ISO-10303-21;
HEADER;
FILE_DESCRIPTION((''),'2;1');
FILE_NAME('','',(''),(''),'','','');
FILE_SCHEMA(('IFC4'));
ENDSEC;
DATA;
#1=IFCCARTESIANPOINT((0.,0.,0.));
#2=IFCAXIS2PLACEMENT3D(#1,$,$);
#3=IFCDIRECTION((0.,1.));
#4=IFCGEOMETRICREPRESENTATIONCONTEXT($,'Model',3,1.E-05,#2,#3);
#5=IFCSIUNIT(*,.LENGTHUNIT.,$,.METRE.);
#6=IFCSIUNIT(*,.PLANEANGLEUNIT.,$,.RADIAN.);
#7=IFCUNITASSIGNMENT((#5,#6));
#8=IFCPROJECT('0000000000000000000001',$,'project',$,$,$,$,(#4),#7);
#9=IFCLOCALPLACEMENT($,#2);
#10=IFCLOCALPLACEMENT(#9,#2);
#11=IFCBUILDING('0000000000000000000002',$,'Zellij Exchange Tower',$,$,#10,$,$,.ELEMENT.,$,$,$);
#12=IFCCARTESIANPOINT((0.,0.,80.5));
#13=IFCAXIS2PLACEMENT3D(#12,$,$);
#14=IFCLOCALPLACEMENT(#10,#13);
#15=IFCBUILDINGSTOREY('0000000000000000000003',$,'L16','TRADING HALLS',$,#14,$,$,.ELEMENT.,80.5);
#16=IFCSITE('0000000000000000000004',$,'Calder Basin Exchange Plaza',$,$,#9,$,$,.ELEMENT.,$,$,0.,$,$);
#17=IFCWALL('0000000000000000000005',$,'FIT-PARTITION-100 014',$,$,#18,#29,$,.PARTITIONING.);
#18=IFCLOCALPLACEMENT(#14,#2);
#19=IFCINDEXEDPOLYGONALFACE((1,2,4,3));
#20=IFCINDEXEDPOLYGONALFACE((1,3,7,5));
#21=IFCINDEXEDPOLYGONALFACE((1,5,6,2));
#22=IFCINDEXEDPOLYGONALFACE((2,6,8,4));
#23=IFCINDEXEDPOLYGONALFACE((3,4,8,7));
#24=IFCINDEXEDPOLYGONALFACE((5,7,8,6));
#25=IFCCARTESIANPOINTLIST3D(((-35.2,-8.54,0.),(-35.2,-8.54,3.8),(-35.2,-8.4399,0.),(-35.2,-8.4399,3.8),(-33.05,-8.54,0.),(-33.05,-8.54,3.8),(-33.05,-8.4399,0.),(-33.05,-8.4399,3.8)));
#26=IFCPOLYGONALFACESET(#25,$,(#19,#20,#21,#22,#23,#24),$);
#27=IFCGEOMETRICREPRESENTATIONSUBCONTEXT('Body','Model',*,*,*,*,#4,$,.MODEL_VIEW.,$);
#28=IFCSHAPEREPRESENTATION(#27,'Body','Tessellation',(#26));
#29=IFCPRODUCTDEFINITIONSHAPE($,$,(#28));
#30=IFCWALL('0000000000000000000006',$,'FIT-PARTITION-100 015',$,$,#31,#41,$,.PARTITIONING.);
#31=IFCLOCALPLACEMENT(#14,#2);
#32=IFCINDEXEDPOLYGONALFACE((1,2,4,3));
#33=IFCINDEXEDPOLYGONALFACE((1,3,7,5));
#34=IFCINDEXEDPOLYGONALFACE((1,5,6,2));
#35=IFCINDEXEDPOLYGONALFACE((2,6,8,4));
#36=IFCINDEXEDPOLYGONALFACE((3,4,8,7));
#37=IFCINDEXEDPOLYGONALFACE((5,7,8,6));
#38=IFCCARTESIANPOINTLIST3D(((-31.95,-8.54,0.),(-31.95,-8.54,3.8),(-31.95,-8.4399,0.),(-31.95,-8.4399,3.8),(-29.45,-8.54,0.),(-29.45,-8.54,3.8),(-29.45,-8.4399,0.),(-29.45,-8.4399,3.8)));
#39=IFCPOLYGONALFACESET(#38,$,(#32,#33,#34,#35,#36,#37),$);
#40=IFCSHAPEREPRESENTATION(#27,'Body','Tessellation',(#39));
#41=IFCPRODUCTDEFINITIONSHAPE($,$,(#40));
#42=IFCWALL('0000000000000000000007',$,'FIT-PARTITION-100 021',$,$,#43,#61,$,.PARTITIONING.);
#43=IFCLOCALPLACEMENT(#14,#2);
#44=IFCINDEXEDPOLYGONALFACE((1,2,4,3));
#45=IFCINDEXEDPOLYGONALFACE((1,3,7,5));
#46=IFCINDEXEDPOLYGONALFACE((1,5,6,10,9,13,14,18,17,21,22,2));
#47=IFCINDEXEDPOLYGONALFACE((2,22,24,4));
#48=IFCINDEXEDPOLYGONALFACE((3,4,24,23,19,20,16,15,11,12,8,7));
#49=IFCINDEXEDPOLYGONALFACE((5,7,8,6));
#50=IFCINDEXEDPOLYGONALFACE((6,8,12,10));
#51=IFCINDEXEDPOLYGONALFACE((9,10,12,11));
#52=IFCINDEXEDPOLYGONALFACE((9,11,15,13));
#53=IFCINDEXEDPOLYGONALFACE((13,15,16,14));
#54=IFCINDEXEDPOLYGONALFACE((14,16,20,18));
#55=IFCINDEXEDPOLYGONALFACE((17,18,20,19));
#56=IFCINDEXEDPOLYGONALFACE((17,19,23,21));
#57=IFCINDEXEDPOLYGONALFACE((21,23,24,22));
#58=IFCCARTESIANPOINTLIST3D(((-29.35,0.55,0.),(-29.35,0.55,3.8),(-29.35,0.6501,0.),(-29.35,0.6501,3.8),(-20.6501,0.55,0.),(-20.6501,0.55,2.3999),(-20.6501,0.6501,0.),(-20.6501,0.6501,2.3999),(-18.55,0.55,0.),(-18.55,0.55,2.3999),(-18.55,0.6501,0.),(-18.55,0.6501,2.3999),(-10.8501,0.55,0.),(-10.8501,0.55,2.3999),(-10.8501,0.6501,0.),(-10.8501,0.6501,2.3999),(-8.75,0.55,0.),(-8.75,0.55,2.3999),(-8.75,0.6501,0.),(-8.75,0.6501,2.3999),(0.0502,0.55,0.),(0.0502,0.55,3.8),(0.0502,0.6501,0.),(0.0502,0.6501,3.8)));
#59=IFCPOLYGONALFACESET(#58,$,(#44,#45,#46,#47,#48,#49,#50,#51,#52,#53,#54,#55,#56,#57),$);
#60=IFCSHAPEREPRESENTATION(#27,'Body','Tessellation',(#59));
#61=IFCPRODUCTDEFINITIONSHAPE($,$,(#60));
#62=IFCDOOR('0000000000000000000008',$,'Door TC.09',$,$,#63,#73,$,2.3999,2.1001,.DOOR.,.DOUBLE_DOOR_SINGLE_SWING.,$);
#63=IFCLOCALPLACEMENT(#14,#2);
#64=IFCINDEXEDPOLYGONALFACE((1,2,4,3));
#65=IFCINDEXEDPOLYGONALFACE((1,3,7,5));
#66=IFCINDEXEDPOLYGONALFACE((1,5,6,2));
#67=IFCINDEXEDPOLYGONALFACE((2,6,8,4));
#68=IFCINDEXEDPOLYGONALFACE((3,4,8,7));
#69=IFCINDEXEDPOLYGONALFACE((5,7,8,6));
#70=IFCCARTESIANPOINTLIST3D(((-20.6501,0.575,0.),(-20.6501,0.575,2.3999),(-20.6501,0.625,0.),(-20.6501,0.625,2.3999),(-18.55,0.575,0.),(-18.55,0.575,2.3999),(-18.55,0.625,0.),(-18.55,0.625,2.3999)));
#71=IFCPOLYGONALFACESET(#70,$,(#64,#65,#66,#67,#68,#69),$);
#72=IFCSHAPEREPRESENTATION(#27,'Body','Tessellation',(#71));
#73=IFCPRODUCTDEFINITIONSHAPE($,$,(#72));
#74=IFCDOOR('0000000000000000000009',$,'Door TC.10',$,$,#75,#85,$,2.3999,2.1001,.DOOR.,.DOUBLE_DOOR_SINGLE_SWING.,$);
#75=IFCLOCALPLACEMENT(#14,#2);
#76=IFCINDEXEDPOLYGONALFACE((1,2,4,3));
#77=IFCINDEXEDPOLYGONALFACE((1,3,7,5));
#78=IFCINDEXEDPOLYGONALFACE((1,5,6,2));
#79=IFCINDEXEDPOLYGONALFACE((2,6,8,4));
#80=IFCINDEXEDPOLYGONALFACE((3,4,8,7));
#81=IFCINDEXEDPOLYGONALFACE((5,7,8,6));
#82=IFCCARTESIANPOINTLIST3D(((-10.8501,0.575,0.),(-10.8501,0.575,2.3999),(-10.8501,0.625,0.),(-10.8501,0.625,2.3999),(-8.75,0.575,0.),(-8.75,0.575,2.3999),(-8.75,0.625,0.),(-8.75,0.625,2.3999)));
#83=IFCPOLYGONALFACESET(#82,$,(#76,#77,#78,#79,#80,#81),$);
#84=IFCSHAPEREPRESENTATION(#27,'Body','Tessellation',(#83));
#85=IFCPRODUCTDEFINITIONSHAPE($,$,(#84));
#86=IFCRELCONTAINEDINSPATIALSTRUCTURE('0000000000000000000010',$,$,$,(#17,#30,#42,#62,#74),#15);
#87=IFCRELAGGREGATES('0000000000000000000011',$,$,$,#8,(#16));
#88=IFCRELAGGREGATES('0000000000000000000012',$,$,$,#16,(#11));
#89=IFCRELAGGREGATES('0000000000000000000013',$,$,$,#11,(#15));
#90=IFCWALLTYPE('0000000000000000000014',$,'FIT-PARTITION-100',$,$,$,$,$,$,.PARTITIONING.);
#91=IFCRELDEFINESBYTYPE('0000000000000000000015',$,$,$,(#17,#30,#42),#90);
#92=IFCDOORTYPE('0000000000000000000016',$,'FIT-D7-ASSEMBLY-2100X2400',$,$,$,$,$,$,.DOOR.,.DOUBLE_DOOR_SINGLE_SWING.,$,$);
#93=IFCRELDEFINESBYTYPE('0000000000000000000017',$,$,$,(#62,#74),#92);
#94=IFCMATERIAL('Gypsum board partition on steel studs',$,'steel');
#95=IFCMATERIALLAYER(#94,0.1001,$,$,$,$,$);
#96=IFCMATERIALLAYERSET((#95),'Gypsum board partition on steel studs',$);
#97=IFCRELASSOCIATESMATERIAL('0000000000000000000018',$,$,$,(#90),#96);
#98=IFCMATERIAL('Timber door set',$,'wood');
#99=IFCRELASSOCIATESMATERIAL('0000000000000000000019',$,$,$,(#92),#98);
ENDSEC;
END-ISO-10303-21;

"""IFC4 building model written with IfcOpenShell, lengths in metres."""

from ifc_helpers import new_model, si_unit, direction, frame, frame_2d, origin, place, context, subcontext, project, spatial, rectangle, extrude, material, layer, layer_set, type_object, element, fill, save


model = new_model("IFC4")

# Units and contexts
model_context = context("Model", 3, precision=1e-05, world=origin(), true_north=direction((0.0, 1.0)))
body_context = subcontext(model_context, "Body", "Model", "MODEL_VIEW")
ifc_project = project(units=[si_unit("LENGTHUNIT", "METRE"), si_unit("PLANEANGLEUNIT", "RADIAN")], contexts=[model_context])

# Site, building, storey
site_placement = place(None, origin())
site = spatial("IfcSite", under=ifc_project, at=site_placement, Name="Calder Basin Exchange Plaza", CompositionType="ELEMENT", RefElevation=0.0)
building_placement = place(site_placement, origin())
building = spatial("IfcBuilding", under=site, at=building_placement, Name="Zellij Exchange Tower", CompositionType="ELEMENT")
storey_placement = place(building_placement, frame((0.0, 0.0, 80.5)))
storey = spatial("IfcBuildingStorey", under=building, at=storey_placement, Name="L16", Description="TRADING HALLS", CompositionType="ELEMENT", Elevation=80.5)

# Walls
ifc_material_1 = material(Name="Gypsum board partition on steel studs", Category="steel")
ifc_layer_1 = layer(ifc_material_1, 0.1001)
ifc_layer_set_1 = layer_set([ifc_layer_1], Name="Gypsum board partition on steel studs")
wall_type_1 = type_object("IfcWallType", Name="FIT-PARTITION-100", PredefinedType="PARTITIONING", material=ifc_layer_set_1)
wall_1_placement = place(storey_placement, frame((-35.2, -8.49, 0.0), z_axis=(0.0, 0.0, 1.0), x_axis=(1.0, 0.0, 0.0)))
element("IfcWall", 1, at=wall_1_placement, inside=storey, type_object=wall_type_1, Name="FIT-PARTITION-100 014", PredefinedType="PARTITIONING", context=body_context, shape_type="SweptSolid", body=[
    extrude(rectangle(XDim=2.1499, YDim=0.1001, at=frame_2d((1.075, 0.0))), origin(), (0.0, 0.0, 1.0), 3.8),
])
wall_2_placement = place(storey_placement, frame((-31.95, -8.49, 0.0), z_axis=(0.0, 0.0, 1.0), x_axis=(1.0, 0.0, 0.0)))
element("IfcWall", 2, at=wall_2_placement, inside=storey, type_object=wall_type_1, Name="FIT-PARTITION-100 015", PredefinedType="PARTITIONING", context=body_context, shape_type="SweptSolid", body=[
    extrude(rectangle(XDim=2.5, YDim=0.1001, at=frame_2d((1.25, 0.0))), origin(), (0.0, 0.0, 1.0), 3.8),
])

# Wall, openings, doors
wall_3_placement = place(storey_placement, frame((-29.3501, 0.6001, 0.0), z_axis=(0.0, 0.0, 1.0), x_axis=(1.0, 0.0, 0.0)))
wall_3 = element("IfcWall", 3, at=wall_3_placement, inside=storey, type_object=wall_type_1, Name="FIT-PARTITION-100 021", PredefinedType="PARTITIONING", context=body_context, shape_type="SweptSolid", body=[
    extrude(rectangle(XDim=29.4001, YDim=0.1001, at=frame_2d((14.7002, 0.0))), origin(), (0.0, 0.0, 1.0), 3.8),
])
opening_1_placement = place(wall_3_placement, frame((8.7, 0.0, 0.0)))
opening_1 = element("IfcOpeningElement", 4, at=opening_1_placement, cuts=wall_3, PredefinedType="OPENING", context=body_context, shape_type="SweptSolid", body=[
    extrude(rectangle(XDim=2.1001, YDim=2.3999, at=frame_2d((1.05, 1.2))), frame((0.0, 0.062, 0.0), z_axis=(0.0, -1.0, 0.0), x_axis=(1.0, 0.0, 0.0)), (0.0, 0.0, 1.0), 0.124),
])
opening_2_placement = place(wall_3_placement, frame((18.5, 0.0, 0.0)))
opening_2 = element("IfcOpeningElement", 5, at=opening_2_placement, cuts=wall_3, PredefinedType="OPENING", context=body_context, shape_type="SweptSolid", body=[
    extrude(rectangle(XDim=2.1001, YDim=2.3999, at=frame_2d((1.05, 1.2))), frame((0.0, 0.062, 0.0), z_axis=(0.0, -1.0, 0.0), x_axis=(1.0, 0.0, 0.0)), (0.0, 0.0, 1.0), 0.124),
])
ifc_material_2 = material(Name="Timber door set", Category="wood")
door_type_1 = type_object("IfcDoorType", Name="FIT-D7-ASSEMBLY-2100X2400", OperationType="DOUBLE_DOOR_SINGLE_SWING", PredefinedType="DOOR", material=ifc_material_2)
door_1_placement = place(opening_1_placement, origin())
door_1 = element("IfcDoor", 6, at=door_1_placement, inside=storey, type_object=door_type_1, Name="Door TC.09", OperationType="DOUBLE_DOOR_SINGLE_SWING", OverallHeight=2.3999, OverallWidth=2.1001, PredefinedType="DOOR", context=body_context, shape_type="SweptSolid", body=[
    extrude(rectangle(XDim=2.1001, YDim=2.3999, at=frame_2d((1.05, 1.2))), frame((0.0, 0.0249, 0.0), z_axis=(0.0, -1.0, 0.0), x_axis=(1.0, 0.0, 0.0)), (0.0, 0.0, 1.0), 0.05),
])
fill(opening_1, door_1)
door_2_placement = place(opening_2_placement, origin())
door_2 = element("IfcDoor", 7, at=door_2_placement, inside=storey, type_object=door_type_1, Name="Door TC.10", OperationType="DOUBLE_DOOR_SINGLE_SWING", OverallHeight=2.3999, OverallWidth=2.1001, PredefinedType="DOOR", context=body_context, shape_type="SweptSolid", body=[
    extrude(rectangle(XDim=2.1001, YDim=2.3999, at=frame_2d((1.05, 1.2))), frame((0.0, 0.0249, 0.0), z_axis=(0.0, -1.0, 0.0), x_axis=(1.0, 0.0, 0.0)), (0.0, 0.0, 1.0), 0.05),
])
fill(opening_2, door_2)

save(model, "model.ifc")
